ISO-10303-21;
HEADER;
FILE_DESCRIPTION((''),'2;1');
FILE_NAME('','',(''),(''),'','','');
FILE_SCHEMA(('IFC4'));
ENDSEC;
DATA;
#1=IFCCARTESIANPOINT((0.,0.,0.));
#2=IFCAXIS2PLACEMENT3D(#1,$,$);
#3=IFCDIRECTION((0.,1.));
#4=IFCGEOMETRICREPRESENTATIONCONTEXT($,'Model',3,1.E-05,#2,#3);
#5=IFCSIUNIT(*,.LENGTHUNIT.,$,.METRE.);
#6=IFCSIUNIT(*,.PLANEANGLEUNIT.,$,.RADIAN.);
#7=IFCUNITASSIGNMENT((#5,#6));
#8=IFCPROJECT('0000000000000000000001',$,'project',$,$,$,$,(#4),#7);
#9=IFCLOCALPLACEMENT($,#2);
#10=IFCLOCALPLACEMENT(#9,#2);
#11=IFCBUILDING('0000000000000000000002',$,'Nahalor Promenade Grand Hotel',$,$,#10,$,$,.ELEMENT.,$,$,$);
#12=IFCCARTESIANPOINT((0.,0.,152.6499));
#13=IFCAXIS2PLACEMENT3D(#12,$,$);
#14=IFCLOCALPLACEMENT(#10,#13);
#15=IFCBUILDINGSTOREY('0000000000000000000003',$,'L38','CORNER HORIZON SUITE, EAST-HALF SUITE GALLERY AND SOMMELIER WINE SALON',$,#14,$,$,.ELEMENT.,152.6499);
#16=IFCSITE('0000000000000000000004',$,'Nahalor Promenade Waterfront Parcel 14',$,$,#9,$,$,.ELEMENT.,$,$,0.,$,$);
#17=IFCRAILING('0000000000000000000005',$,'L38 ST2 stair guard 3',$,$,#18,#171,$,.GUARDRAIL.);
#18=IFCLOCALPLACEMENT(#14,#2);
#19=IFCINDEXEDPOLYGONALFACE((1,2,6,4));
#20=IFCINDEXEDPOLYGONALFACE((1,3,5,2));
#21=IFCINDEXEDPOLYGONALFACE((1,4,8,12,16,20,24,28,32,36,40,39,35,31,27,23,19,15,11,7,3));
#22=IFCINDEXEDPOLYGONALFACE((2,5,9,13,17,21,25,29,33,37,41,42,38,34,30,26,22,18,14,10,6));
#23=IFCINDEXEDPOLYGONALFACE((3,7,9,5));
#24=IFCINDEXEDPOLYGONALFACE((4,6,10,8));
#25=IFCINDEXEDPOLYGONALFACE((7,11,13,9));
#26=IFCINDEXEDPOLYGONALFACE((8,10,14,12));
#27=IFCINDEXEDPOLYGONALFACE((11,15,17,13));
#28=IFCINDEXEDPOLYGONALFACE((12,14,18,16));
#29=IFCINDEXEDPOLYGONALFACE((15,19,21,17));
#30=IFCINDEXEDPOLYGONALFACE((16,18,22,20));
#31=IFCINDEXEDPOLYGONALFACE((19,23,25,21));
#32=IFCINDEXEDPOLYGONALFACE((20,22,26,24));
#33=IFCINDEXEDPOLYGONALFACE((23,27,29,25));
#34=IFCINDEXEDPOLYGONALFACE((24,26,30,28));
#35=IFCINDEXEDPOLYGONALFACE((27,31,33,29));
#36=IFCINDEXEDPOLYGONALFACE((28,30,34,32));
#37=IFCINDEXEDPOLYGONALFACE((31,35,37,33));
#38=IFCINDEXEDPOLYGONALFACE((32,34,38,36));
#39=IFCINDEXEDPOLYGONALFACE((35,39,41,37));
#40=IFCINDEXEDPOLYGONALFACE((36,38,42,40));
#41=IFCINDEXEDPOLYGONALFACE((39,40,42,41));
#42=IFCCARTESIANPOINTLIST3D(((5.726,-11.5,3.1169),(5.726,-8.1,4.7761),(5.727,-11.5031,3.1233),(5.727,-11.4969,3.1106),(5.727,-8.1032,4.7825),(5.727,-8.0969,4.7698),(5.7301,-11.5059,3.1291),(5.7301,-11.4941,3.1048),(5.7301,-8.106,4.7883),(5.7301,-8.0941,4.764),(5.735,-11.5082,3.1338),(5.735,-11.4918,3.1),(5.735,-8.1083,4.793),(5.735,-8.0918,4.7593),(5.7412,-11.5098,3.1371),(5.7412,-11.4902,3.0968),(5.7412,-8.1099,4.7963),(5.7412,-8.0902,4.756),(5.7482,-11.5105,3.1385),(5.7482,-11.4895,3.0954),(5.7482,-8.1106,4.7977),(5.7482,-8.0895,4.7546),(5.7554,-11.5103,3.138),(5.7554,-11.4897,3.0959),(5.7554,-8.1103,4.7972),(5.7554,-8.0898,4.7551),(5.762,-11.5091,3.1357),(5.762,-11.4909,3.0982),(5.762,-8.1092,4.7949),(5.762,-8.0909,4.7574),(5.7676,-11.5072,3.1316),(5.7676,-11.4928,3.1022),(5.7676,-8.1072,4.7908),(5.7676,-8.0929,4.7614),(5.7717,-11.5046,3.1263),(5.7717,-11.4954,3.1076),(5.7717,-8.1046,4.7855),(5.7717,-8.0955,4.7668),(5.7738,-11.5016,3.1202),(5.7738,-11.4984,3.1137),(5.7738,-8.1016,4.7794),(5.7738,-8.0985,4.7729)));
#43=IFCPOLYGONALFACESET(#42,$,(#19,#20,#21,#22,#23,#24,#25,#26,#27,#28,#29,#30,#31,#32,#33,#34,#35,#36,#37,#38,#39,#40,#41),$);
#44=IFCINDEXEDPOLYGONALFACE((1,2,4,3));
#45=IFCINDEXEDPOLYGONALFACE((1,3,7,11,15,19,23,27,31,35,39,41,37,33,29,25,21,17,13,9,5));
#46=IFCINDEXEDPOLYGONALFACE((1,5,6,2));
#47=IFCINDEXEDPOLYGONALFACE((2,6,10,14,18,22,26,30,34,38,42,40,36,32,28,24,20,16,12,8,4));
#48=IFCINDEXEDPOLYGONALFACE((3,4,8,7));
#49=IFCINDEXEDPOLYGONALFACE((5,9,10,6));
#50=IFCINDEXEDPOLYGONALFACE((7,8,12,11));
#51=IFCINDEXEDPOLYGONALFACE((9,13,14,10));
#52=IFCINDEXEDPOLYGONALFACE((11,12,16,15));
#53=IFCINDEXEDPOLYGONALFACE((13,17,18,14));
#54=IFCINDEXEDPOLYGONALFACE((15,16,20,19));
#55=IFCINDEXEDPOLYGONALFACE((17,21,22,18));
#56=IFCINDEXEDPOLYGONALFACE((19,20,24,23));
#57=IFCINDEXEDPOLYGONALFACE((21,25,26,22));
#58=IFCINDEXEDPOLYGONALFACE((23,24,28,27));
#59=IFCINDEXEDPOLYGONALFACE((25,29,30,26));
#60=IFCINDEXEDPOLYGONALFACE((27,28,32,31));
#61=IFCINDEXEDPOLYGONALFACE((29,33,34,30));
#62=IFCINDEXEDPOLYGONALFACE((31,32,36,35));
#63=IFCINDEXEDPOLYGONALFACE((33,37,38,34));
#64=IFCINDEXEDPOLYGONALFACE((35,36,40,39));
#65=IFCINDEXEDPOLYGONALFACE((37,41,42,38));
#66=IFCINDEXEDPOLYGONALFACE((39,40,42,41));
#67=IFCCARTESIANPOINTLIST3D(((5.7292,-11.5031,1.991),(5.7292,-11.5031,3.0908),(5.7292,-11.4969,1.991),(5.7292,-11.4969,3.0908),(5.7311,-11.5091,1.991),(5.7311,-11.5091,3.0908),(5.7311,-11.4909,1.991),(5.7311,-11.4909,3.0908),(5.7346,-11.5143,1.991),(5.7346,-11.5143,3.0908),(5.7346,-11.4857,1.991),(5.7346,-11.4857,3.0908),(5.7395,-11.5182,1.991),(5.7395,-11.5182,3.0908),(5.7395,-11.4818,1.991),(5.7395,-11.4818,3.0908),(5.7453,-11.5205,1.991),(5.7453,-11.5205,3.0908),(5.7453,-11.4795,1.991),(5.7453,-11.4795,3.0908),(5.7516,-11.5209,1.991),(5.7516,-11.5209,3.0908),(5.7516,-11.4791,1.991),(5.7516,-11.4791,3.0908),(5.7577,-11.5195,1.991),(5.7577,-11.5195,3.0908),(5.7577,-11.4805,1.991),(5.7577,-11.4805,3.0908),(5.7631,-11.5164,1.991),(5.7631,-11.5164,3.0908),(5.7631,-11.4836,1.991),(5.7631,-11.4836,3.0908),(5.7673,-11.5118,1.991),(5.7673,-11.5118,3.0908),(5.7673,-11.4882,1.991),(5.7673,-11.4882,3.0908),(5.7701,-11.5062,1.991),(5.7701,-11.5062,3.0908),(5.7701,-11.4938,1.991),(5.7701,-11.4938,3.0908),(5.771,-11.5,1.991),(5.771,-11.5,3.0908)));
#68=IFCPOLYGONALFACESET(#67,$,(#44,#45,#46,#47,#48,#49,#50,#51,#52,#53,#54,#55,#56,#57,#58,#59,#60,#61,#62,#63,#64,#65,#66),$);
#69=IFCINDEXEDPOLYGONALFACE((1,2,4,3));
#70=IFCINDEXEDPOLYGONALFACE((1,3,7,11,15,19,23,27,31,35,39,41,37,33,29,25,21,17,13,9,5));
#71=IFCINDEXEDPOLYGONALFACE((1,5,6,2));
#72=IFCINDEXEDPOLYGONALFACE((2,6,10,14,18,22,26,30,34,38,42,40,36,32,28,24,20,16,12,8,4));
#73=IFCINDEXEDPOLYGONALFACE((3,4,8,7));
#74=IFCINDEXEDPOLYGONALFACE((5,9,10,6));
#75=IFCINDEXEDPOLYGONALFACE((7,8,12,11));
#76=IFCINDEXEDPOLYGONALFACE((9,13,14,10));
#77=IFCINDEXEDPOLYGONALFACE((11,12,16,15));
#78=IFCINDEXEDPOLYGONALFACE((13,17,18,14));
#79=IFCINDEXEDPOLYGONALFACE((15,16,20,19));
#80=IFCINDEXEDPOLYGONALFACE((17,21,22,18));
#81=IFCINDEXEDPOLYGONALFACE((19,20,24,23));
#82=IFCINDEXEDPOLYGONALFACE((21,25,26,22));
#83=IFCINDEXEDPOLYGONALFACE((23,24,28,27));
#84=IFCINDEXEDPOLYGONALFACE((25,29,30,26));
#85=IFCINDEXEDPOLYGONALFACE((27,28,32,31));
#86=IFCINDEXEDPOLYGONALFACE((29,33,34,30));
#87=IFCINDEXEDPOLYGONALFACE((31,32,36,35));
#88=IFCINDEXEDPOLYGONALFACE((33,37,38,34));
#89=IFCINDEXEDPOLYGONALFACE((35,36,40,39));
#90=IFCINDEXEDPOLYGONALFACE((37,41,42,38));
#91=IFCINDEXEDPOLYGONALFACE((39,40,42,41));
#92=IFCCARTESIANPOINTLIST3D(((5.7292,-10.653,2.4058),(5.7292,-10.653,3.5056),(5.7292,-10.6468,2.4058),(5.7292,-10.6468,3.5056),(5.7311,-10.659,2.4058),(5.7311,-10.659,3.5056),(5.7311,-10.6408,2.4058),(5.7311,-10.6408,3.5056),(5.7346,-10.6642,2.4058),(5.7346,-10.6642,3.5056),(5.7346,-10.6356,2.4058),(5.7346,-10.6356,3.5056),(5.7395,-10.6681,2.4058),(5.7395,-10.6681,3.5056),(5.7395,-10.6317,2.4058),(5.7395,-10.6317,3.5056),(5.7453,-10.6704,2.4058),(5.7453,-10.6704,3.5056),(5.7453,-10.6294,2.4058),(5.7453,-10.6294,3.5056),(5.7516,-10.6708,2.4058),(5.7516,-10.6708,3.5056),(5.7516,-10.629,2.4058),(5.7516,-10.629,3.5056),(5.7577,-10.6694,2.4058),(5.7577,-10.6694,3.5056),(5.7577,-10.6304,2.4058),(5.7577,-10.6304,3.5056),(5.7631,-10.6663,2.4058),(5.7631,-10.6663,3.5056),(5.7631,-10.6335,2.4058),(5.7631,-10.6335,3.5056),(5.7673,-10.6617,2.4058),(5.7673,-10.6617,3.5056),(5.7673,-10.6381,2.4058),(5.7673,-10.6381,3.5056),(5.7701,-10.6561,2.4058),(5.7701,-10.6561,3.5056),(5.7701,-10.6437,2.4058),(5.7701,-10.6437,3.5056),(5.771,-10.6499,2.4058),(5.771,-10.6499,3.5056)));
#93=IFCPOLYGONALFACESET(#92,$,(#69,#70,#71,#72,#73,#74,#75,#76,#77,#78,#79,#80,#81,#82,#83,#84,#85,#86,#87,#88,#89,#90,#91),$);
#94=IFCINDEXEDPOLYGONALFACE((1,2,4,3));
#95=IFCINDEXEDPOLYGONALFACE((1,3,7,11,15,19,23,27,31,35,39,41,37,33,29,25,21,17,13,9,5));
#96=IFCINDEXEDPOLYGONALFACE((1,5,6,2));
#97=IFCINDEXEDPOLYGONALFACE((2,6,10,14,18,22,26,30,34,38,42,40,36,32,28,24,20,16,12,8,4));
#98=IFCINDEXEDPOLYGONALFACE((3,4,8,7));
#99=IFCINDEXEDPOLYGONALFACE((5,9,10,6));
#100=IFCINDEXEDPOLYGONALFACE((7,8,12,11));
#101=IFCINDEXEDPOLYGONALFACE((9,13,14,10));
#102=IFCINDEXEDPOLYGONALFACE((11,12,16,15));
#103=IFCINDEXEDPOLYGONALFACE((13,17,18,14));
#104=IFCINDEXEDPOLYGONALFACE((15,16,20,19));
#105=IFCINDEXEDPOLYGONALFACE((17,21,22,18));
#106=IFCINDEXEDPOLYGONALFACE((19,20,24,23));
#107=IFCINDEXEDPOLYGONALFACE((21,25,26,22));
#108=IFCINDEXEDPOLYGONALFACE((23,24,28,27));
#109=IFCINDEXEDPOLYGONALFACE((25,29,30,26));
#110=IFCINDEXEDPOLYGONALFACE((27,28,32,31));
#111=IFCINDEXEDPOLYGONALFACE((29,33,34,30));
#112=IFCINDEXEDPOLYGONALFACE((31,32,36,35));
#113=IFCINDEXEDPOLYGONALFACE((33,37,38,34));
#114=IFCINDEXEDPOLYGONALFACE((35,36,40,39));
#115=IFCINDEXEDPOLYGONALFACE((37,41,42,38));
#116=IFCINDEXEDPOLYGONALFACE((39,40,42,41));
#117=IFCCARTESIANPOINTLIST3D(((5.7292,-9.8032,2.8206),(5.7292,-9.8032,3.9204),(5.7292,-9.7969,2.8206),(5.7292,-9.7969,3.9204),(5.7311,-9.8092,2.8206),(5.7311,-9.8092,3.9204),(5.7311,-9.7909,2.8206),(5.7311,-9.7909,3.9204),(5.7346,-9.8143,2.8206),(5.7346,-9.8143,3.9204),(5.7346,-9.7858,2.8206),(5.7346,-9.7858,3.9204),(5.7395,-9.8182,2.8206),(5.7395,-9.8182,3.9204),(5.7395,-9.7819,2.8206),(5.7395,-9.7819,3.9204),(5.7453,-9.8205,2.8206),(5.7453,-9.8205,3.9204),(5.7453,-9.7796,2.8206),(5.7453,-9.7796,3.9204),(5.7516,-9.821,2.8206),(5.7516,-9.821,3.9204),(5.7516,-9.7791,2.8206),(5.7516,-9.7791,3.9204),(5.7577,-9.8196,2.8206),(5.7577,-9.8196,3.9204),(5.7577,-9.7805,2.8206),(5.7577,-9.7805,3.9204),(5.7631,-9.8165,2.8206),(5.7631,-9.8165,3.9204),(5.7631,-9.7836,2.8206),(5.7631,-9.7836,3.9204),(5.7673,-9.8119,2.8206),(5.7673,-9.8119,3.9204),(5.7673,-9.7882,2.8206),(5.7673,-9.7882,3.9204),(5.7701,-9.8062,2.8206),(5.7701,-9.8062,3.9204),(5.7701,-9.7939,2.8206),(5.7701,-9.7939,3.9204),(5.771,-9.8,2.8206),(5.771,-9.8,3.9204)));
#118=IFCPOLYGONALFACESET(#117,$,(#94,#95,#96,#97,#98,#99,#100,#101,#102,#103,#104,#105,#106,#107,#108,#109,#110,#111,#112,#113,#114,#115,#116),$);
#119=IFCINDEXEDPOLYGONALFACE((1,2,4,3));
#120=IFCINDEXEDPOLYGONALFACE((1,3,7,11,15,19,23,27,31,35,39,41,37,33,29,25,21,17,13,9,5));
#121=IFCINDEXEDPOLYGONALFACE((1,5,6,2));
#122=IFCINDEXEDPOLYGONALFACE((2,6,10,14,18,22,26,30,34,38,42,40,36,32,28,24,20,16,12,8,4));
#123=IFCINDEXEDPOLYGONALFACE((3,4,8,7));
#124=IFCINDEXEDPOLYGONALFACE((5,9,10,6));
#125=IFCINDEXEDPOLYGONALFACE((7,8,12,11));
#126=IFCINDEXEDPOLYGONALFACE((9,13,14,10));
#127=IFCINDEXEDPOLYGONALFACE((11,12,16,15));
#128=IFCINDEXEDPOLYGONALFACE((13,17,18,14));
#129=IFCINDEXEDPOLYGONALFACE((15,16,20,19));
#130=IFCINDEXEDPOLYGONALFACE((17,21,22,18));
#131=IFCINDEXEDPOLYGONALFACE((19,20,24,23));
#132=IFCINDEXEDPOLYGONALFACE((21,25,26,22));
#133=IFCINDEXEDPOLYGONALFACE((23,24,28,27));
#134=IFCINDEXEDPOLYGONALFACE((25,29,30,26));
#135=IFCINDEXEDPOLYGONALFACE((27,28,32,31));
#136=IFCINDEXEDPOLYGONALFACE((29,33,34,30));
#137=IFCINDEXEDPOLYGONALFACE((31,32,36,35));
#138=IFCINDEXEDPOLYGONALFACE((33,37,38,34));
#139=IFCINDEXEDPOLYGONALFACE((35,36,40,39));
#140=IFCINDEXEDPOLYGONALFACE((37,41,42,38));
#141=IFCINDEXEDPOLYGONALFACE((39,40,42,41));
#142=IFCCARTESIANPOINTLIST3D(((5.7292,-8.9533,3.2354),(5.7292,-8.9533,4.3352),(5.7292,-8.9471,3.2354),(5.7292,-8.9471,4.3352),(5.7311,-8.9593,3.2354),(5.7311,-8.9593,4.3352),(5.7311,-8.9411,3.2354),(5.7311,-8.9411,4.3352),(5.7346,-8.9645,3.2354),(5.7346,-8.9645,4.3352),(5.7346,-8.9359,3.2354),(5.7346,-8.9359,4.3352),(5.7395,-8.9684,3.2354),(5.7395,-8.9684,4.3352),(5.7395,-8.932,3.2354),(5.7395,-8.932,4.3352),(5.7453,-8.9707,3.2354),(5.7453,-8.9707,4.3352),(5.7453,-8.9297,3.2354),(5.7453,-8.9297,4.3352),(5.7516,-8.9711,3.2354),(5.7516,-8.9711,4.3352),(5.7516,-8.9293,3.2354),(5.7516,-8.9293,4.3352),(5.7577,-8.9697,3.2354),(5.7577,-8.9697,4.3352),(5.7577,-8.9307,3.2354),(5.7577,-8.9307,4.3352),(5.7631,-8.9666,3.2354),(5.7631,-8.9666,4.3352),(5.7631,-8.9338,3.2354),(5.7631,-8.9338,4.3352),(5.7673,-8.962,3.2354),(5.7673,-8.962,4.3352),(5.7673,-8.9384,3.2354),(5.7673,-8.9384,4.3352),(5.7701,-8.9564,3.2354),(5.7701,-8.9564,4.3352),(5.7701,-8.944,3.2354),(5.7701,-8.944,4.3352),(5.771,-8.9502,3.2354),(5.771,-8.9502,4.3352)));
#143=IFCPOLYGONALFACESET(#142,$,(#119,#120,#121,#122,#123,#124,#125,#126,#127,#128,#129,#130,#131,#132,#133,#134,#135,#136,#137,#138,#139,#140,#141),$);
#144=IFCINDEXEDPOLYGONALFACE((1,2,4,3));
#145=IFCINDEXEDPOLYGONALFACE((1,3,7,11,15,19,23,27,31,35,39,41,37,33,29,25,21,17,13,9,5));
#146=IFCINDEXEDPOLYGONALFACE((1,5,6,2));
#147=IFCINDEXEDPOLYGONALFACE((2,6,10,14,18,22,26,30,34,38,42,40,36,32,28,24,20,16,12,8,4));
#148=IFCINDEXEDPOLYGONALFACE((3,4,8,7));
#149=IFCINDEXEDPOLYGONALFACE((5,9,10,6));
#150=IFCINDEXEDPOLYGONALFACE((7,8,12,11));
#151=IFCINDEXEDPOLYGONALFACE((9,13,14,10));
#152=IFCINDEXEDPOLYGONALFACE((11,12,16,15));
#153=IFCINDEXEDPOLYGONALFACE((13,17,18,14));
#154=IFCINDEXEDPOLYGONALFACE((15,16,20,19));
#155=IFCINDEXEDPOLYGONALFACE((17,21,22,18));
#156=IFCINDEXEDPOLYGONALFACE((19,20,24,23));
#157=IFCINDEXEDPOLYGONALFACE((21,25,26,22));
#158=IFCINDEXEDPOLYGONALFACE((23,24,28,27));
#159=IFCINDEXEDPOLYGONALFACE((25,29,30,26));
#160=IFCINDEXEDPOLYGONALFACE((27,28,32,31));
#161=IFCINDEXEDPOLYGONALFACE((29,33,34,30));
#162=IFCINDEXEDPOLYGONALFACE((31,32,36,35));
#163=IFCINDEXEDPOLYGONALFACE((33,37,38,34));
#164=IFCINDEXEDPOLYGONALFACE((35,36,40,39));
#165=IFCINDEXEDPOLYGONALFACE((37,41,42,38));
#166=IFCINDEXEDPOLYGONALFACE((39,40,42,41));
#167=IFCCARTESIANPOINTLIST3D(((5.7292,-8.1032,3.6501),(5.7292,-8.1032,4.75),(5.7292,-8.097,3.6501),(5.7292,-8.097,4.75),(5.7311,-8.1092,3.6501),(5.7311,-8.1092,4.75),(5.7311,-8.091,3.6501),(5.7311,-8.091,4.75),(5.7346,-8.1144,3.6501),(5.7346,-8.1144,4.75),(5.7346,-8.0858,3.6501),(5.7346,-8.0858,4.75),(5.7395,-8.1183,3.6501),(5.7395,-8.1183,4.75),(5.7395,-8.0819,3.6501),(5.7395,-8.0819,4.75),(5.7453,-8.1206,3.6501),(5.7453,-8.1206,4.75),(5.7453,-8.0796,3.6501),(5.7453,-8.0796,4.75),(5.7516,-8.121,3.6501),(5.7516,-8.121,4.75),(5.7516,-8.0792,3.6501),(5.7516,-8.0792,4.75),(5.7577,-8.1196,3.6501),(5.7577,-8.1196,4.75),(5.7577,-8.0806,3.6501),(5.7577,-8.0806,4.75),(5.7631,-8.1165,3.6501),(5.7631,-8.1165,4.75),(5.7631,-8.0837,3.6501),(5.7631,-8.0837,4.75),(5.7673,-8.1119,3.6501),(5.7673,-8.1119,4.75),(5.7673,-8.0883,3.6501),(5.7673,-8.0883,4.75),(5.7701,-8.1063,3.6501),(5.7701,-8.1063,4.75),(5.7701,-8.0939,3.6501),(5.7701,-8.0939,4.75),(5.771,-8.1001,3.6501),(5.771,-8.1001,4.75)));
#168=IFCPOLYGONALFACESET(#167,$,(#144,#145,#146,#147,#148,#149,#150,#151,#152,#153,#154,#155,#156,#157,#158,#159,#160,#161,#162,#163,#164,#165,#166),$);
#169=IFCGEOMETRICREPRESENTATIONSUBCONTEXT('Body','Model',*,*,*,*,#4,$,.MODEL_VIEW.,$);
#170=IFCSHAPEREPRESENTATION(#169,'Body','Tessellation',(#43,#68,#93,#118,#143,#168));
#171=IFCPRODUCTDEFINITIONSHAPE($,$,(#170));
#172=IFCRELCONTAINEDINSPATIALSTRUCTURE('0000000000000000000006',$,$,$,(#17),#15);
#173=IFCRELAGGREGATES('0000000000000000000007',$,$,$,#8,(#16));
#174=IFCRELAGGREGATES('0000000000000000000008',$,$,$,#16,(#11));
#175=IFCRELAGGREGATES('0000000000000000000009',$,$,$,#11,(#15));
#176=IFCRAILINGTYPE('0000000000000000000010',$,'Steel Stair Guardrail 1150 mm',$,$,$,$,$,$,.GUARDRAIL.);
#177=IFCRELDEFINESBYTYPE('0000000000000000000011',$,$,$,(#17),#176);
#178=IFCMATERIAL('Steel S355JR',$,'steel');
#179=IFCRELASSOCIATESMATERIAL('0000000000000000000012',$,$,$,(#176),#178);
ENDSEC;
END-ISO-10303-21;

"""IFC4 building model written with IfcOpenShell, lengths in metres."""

from ifc_helpers import new_model, si_unit, direction, frame, origin, origin_2d, place, context, subcontext, project, spatial, circle, extrude, material, type_object, element, save


model = new_model("IFC4")

# Units and contexts
model_context = context("Model", 3, precision=1e-05, world=origin(), true_north=direction((0.0, 1.0)))
body_context = subcontext(model_context, "Body", "Model", "MODEL_VIEW")
ifc_project = project(units=[si_unit("LENGTHUNIT", "METRE"), si_unit("PLANEANGLEUNIT", "RADIAN")], contexts=[model_context])

# Site, building, storey
site_placement = place(None, origin())
site = spatial("IfcSite", under=ifc_project, at=site_placement, Name="Nahalor Promenade Waterfront Parcel 14", CompositionType="ELEMENT", RefElevation=0.0)
building_placement = place(site_placement, origin())
building = spatial("IfcBuilding", under=site, at=building_placement, Name="Nahalor Promenade Grand Hotel", CompositionType="ELEMENT")
storey_placement = place(building_placement, frame((0.0, 0.0, 152.6499)))
storey = spatial("IfcBuildingStorey", under=building, at=storey_placement, Name="L38", Description="CORNER HORIZON SUITE, EAST-HALF SUITE GALLERY AND SOMMELIER WINE SALON", CompositionType="ELEMENT", Elevation=152.6499)

# Shared definitions
ifc_material_1 = material(Name="Steel S355JR", Category="steel")

# Railing
railing_type_1 = type_object("IfcRailingType", Name="Steel Stair Guardrail 1150 mm", PredefinedType="GUARDRAIL", material=ifc_material_1)
railing_1_placement = place(storey_placement, frame((5.75, -11.5, 1.991)))
element("IfcRailing", 1, at=railing_1_placement, inside=storey, type_object=railing_type_1, Name="L38 ST2 stair guard 3", PredefinedType="GUARDRAIL", context=body_context, shape_type="SweptSolid", body=[
    extrude(circle(Radius=0.024, at=origin_2d()), frame((0.0, 0.0, 1.126), z_axis=(0.0, 0.898696, 0.438571), x_axis=(-1.0, 0.0, 0.0)), (0.0, 0.0, 1.0), 3.7832),
    extrude(circle(Radius=0.021, at=origin_2d()), origin(), (0.0, 0.0, 1.0), 1.0999),
    extrude(circle(Radius=0.021, at=origin_2d()), frame((0.0, 0.8501, 0.4148)), (0.0, 0.0, 1.0), 1.0999),
    extrude(circle(Radius=0.021, at=origin_2d()), frame((0.0, 1.7, 0.8296)), (0.0, 0.0, 1.0), 1.0999),
    extrude(circle(Radius=0.021, at=origin_2d()), frame((0.0, 2.5498, 1.2444)), (0.0, 0.0, 1.0), 1.0999),
    extrude(circle(Radius=0.021, at=origin_2d()), frame((0.0, 3.3999, 1.6592)), (0.0, 0.0, 1.0), 1.0999),
])

save(model, "model.ifc")
